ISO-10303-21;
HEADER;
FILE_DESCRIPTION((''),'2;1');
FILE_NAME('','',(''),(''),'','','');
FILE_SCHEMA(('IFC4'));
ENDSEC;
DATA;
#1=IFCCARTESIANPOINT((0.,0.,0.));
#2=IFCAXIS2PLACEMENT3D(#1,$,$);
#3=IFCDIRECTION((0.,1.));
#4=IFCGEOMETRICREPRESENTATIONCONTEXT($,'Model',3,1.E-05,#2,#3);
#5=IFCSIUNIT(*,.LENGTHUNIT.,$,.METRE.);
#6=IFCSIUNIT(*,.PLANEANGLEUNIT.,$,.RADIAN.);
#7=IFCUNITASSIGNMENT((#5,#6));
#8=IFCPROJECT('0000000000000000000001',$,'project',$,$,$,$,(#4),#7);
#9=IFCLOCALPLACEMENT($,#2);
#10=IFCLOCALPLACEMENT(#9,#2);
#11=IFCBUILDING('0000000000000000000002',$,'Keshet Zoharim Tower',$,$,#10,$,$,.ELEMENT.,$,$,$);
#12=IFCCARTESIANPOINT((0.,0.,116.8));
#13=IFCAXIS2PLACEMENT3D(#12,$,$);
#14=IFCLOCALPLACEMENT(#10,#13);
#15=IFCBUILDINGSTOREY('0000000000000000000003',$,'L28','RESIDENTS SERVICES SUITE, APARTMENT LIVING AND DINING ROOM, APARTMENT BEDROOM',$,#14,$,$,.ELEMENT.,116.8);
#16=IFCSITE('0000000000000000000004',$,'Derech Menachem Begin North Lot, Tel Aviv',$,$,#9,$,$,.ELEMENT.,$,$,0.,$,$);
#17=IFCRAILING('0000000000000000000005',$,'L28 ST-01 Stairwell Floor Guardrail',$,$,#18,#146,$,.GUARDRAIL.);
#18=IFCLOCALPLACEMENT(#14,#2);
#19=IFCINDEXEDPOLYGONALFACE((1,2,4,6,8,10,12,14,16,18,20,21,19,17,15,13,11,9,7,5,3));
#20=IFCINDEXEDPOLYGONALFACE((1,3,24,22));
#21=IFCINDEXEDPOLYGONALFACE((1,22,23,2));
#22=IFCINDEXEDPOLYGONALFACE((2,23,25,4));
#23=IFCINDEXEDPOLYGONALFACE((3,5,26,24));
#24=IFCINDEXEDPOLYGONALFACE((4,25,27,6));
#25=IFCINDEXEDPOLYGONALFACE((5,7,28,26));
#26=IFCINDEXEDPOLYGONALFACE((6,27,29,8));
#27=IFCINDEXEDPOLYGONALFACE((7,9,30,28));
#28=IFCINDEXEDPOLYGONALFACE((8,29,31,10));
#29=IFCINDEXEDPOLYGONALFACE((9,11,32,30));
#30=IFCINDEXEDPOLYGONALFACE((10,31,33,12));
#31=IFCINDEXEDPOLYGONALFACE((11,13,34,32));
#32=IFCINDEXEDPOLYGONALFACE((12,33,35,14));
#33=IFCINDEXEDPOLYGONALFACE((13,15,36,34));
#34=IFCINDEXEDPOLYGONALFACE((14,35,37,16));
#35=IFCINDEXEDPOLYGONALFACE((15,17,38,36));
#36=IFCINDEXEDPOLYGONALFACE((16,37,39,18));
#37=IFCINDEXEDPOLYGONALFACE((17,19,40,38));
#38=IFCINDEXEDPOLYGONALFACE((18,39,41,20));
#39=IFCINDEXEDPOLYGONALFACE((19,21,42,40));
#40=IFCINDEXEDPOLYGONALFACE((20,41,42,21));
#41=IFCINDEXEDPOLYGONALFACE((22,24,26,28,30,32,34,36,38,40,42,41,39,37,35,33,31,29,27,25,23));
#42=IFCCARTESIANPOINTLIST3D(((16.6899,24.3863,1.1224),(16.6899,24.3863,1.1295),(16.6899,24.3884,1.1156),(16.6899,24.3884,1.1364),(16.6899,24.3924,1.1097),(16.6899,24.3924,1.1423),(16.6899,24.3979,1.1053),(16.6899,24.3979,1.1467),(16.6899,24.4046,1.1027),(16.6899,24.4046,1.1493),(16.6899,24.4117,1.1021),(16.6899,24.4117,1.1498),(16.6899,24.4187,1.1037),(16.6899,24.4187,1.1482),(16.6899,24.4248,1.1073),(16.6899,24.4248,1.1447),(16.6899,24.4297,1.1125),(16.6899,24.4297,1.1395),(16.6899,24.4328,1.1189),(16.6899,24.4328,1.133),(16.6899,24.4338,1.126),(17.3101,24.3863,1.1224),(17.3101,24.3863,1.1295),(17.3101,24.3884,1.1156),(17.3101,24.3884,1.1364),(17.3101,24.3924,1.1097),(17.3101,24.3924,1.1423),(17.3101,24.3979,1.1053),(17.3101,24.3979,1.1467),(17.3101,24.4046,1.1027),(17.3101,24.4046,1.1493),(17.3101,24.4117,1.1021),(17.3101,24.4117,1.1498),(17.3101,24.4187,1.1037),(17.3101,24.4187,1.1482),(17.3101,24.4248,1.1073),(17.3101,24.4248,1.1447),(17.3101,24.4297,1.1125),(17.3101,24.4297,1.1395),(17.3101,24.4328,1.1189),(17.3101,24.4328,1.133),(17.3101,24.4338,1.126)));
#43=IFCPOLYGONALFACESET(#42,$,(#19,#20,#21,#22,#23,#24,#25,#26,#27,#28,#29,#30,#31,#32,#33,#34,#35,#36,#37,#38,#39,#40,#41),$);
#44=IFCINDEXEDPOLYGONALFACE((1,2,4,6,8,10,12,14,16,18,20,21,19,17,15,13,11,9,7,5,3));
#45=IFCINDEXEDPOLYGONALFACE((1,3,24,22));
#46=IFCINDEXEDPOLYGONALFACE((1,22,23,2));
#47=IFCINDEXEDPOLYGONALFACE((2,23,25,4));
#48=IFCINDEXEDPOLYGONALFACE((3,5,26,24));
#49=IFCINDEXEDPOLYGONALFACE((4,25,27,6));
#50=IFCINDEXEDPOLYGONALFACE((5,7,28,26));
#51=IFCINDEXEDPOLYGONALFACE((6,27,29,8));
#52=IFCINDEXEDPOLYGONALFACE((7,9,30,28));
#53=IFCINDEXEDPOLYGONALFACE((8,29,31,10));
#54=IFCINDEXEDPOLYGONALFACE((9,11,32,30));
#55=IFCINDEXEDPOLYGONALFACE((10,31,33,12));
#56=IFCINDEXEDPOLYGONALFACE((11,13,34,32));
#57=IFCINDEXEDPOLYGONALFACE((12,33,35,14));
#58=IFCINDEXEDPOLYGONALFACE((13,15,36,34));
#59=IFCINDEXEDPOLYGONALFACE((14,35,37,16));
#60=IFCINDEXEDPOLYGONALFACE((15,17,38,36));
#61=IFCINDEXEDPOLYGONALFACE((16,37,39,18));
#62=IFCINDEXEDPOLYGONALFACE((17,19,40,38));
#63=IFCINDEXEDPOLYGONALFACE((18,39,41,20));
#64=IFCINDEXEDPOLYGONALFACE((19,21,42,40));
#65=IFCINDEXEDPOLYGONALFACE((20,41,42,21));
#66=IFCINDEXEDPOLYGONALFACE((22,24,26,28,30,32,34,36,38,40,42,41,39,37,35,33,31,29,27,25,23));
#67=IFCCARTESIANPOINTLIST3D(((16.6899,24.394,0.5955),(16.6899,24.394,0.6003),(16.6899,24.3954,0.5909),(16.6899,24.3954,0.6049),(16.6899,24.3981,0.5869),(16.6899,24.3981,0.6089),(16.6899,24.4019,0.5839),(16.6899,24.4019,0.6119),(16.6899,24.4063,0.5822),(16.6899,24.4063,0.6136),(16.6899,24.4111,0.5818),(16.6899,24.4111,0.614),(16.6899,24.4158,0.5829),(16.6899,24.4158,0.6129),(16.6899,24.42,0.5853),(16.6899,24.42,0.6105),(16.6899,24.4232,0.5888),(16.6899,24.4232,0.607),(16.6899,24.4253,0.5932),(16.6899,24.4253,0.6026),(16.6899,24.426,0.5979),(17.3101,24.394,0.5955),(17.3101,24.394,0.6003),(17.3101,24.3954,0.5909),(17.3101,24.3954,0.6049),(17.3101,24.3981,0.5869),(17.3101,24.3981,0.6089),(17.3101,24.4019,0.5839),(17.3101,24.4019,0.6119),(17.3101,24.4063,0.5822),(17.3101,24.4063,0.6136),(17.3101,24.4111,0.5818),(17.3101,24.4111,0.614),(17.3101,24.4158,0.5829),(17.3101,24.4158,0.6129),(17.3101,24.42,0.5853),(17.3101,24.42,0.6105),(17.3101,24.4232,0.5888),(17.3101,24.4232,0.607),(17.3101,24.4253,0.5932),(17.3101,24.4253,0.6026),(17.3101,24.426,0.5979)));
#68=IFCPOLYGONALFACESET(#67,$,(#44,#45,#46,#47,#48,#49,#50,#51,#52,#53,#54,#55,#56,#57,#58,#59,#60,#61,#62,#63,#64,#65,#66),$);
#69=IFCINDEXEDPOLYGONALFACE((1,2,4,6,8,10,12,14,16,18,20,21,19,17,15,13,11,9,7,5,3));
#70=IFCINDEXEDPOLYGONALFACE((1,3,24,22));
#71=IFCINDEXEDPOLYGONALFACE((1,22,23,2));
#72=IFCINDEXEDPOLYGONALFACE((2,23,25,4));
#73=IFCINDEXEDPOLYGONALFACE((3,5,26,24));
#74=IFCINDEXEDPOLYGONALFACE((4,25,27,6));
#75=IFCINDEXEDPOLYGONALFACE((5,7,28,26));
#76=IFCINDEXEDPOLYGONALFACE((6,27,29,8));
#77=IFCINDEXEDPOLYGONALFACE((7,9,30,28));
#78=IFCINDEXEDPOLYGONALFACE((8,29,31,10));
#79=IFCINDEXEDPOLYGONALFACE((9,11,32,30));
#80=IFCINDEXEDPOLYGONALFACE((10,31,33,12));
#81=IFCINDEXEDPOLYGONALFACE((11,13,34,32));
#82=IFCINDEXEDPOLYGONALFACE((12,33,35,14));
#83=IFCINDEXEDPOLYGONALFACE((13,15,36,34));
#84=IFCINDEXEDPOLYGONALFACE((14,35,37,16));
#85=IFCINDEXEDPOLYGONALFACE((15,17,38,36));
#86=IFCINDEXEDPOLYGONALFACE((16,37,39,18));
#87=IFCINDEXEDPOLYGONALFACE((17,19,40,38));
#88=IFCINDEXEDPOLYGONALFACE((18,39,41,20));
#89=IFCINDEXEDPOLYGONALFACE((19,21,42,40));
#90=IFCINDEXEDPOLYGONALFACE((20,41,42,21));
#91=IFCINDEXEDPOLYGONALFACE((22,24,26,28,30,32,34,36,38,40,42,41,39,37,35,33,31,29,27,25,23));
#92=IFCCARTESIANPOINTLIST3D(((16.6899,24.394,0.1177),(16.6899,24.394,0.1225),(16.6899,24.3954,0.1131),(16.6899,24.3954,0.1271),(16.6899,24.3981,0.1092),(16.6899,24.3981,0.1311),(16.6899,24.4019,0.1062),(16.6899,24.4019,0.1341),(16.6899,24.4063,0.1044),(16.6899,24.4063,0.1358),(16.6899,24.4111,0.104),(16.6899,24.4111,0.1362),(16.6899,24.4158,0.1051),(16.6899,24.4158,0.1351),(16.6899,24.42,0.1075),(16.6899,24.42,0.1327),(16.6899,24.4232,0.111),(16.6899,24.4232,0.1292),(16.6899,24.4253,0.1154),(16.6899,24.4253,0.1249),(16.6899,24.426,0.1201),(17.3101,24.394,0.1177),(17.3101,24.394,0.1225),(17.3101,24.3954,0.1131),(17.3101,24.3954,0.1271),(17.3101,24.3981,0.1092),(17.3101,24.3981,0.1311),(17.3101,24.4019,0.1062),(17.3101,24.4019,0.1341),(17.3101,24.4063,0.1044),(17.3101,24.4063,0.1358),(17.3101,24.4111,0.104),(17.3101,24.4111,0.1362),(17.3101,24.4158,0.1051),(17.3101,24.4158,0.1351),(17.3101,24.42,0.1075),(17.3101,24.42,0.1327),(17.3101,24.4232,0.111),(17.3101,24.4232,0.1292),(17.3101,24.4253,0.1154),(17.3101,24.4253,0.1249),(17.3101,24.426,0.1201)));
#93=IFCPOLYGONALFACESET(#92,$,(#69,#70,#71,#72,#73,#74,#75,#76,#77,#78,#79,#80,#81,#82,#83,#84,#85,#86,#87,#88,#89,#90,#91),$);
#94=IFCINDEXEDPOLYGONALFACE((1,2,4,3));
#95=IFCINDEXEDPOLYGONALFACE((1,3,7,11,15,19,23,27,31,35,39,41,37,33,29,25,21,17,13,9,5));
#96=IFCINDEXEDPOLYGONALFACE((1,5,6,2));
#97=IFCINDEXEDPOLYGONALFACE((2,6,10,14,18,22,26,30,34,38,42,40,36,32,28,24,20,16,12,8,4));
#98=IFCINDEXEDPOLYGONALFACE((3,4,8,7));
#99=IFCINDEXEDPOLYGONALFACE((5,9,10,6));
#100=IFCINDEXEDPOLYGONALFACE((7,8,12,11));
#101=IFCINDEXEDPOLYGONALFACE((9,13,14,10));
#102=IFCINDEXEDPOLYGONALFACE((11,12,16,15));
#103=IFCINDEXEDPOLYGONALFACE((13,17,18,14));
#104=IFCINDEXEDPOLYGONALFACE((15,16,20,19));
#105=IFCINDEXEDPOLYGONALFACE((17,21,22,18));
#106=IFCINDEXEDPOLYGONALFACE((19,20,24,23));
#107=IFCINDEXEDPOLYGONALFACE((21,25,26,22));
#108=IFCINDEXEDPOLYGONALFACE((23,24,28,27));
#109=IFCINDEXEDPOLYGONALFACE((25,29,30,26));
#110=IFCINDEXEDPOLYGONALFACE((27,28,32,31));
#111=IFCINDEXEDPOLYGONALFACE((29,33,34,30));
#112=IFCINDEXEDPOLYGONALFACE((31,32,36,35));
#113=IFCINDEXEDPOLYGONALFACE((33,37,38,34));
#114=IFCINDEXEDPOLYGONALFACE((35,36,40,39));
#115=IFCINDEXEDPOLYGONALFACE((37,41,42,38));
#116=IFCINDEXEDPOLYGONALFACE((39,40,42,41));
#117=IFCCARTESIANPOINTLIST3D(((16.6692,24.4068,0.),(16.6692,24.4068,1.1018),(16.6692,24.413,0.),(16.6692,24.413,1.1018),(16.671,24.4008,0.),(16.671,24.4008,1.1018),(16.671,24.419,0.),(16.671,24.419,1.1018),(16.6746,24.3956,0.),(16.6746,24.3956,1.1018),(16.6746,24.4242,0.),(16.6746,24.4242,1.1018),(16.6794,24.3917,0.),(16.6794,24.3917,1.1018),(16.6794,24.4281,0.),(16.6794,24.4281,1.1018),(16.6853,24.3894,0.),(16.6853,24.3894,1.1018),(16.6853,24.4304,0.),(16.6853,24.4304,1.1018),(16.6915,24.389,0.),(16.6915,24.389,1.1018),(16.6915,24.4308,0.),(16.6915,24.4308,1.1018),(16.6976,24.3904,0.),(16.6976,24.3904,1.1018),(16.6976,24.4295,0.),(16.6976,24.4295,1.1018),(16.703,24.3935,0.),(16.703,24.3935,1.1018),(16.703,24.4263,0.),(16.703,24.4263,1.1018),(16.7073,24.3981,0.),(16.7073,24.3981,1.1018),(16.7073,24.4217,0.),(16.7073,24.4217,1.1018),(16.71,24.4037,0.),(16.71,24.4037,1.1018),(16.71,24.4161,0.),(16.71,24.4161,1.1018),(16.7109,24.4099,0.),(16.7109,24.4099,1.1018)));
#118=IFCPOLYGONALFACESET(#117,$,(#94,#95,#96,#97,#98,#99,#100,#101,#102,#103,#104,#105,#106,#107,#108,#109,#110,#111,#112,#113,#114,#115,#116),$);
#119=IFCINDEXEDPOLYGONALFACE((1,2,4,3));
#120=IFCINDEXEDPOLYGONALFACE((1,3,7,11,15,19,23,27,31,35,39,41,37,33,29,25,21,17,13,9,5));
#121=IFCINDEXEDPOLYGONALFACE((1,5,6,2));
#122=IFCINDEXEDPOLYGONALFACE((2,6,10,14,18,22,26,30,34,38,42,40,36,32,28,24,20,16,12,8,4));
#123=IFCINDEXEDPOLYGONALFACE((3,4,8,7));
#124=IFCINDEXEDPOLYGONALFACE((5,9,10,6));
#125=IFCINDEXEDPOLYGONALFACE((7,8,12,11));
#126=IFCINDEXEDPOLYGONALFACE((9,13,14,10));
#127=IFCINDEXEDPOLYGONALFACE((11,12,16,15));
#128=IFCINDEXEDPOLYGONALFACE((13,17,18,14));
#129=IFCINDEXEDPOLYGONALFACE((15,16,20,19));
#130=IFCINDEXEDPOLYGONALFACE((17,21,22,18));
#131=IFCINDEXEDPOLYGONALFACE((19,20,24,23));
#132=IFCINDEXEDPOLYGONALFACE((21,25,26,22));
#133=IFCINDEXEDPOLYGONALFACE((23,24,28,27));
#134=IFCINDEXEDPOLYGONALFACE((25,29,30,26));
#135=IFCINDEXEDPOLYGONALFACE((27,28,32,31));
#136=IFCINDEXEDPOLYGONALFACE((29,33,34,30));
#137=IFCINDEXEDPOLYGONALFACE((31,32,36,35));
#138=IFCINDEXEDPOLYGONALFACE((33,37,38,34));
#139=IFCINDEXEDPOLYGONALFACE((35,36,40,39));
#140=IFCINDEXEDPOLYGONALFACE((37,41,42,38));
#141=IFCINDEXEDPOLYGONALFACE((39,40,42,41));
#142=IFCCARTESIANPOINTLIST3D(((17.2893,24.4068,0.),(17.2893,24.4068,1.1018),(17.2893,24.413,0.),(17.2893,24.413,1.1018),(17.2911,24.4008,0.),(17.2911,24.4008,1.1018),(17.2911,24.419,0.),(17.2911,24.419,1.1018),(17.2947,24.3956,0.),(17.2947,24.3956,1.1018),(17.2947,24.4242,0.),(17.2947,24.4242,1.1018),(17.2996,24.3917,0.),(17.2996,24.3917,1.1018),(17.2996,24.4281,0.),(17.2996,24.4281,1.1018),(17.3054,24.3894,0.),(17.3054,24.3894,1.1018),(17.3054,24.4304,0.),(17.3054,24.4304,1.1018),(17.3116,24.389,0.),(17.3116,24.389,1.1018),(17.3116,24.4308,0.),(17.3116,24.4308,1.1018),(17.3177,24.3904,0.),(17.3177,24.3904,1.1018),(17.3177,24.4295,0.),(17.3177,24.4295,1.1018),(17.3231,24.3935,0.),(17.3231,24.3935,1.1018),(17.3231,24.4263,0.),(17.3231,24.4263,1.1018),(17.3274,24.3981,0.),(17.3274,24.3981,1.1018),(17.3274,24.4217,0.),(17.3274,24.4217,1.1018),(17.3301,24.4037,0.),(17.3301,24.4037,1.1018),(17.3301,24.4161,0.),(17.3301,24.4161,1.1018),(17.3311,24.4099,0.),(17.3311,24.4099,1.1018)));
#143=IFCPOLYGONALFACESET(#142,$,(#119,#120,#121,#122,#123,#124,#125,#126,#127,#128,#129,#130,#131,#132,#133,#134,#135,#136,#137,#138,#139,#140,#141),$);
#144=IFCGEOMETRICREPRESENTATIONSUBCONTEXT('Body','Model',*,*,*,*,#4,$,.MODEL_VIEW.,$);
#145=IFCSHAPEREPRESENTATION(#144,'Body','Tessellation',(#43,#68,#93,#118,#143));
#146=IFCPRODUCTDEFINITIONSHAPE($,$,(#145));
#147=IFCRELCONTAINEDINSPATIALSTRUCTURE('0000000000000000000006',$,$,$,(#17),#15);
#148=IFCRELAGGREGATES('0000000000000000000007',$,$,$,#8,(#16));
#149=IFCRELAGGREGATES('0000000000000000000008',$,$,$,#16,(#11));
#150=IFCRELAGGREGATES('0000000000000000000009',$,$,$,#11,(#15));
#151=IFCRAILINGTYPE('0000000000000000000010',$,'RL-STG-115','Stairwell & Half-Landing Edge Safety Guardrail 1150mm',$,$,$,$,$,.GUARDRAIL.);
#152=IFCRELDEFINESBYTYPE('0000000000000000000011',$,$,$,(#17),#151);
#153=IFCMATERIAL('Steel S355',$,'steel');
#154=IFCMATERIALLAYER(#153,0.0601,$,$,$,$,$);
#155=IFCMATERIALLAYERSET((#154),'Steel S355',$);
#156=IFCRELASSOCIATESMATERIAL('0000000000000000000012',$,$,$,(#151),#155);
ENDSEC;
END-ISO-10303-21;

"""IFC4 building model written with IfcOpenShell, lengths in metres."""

from ifc_helpers import new_model, si_unit, direction, frame, origin, origin_2d, place, context, subcontext, project, spatial, circle, extrude, material, layer, layer_set, type_object, element, save


model = new_model("IFC4")

# Units and contexts
model_context = context("Model", 3, precision=1e-05, world=origin(), true_north=direction((0.0, 1.0)))
body_context = subcontext(model_context, "Body", "Model", "MODEL_VIEW")
ifc_project = project(units=[si_unit("LENGTHUNIT", "METRE"), si_unit("PLANEANGLEUNIT", "RADIAN")], contexts=[model_context])

# Site, building, storey
site_placement = place(None, origin())
site = spatial("IfcSite", under=ifc_project, at=site_placement, Name="Derech Menachem Begin North Lot, Tel Aviv", CompositionType="ELEMENT", RefElevation=0.0)
building_placement = place(site_placement, origin())
building = spatial("IfcBuilding", under=site, at=building_placement, Name="Keshet Zoharim Tower", CompositionType="ELEMENT")
storey_placement = place(building_placement, frame((0.0, 0.0, 116.8)))
storey = spatial("IfcBuildingStorey", under=building, at=storey_placement, Name="L28", Description="RESIDENTS SERVICES SUITE, APARTMENT LIVING AND DINING ROOM, APARTMENT BEDROOM", CompositionType="ELEMENT", Elevation=116.8)

# Shared definitions
ifc_material_1 = material(Name="Steel S355", Category="steel")

# Railing
ifc_layer_1 = layer(ifc_material_1, 0.0601)
ifc_layer_set_1 = layer_set([ifc_layer_1], Name="Steel S355")
railing_type_1 = type_object("IfcRailingType", Name="RL-STG-115", Description="Stairwell & Half-Landing Edge Safety Guardrail 1150mm", PredefinedType="GUARDRAIL", material=ifc_layer_set_1)
railing_1_placement = place(storey_placement, frame((16.6899, 24.4099, 0.0)))
element("IfcRailing", 1, at=railing_1_placement, inside=storey, type_object=railing_type_1, Name="L28 ST-01 Stairwell Floor Guardrail", PredefinedType="GUARDRAIL", context=body_context, shape_type="SweptSolid", body=[
    extrude(circle(Radius=0.0239, at=origin_2d()), frame((0.0, 0.0, 1.126), z_axis=(1.0, 0.0, 0.0), x_axis=(0.0, 1.0, 0.0)), (0.0, 0.0, 1.0), 0.6201),
    extrude(circle(Radius=0.0161, at=origin_2d()), frame((0.0, 0.0, 0.5979), z_axis=(1.0, 0.0, 0.0), x_axis=(0.0, 1.0, 0.0)), (0.0, 0.0, 1.0), 0.6201),
    extrude(circle(Radius=0.0161, at=origin_2d()), frame((0.0, 0.0, 0.1201), z_axis=(1.0, 0.0, 0.0), x_axis=(0.0, 1.0, 0.0)), (0.0, 0.0, 1.0), 0.6201),
    extrude(circle(Radius=0.021, at=origin_2d()), origin(), (0.0, 0.0, 1.0), 1.1018),
    extrude(circle(Radius=0.021, at=origin_2d()), frame((0.6201, 0.0, 0.0)), (0.0, 0.0, 1.0), 1.1018),
])

save(model, "model.ifc")
